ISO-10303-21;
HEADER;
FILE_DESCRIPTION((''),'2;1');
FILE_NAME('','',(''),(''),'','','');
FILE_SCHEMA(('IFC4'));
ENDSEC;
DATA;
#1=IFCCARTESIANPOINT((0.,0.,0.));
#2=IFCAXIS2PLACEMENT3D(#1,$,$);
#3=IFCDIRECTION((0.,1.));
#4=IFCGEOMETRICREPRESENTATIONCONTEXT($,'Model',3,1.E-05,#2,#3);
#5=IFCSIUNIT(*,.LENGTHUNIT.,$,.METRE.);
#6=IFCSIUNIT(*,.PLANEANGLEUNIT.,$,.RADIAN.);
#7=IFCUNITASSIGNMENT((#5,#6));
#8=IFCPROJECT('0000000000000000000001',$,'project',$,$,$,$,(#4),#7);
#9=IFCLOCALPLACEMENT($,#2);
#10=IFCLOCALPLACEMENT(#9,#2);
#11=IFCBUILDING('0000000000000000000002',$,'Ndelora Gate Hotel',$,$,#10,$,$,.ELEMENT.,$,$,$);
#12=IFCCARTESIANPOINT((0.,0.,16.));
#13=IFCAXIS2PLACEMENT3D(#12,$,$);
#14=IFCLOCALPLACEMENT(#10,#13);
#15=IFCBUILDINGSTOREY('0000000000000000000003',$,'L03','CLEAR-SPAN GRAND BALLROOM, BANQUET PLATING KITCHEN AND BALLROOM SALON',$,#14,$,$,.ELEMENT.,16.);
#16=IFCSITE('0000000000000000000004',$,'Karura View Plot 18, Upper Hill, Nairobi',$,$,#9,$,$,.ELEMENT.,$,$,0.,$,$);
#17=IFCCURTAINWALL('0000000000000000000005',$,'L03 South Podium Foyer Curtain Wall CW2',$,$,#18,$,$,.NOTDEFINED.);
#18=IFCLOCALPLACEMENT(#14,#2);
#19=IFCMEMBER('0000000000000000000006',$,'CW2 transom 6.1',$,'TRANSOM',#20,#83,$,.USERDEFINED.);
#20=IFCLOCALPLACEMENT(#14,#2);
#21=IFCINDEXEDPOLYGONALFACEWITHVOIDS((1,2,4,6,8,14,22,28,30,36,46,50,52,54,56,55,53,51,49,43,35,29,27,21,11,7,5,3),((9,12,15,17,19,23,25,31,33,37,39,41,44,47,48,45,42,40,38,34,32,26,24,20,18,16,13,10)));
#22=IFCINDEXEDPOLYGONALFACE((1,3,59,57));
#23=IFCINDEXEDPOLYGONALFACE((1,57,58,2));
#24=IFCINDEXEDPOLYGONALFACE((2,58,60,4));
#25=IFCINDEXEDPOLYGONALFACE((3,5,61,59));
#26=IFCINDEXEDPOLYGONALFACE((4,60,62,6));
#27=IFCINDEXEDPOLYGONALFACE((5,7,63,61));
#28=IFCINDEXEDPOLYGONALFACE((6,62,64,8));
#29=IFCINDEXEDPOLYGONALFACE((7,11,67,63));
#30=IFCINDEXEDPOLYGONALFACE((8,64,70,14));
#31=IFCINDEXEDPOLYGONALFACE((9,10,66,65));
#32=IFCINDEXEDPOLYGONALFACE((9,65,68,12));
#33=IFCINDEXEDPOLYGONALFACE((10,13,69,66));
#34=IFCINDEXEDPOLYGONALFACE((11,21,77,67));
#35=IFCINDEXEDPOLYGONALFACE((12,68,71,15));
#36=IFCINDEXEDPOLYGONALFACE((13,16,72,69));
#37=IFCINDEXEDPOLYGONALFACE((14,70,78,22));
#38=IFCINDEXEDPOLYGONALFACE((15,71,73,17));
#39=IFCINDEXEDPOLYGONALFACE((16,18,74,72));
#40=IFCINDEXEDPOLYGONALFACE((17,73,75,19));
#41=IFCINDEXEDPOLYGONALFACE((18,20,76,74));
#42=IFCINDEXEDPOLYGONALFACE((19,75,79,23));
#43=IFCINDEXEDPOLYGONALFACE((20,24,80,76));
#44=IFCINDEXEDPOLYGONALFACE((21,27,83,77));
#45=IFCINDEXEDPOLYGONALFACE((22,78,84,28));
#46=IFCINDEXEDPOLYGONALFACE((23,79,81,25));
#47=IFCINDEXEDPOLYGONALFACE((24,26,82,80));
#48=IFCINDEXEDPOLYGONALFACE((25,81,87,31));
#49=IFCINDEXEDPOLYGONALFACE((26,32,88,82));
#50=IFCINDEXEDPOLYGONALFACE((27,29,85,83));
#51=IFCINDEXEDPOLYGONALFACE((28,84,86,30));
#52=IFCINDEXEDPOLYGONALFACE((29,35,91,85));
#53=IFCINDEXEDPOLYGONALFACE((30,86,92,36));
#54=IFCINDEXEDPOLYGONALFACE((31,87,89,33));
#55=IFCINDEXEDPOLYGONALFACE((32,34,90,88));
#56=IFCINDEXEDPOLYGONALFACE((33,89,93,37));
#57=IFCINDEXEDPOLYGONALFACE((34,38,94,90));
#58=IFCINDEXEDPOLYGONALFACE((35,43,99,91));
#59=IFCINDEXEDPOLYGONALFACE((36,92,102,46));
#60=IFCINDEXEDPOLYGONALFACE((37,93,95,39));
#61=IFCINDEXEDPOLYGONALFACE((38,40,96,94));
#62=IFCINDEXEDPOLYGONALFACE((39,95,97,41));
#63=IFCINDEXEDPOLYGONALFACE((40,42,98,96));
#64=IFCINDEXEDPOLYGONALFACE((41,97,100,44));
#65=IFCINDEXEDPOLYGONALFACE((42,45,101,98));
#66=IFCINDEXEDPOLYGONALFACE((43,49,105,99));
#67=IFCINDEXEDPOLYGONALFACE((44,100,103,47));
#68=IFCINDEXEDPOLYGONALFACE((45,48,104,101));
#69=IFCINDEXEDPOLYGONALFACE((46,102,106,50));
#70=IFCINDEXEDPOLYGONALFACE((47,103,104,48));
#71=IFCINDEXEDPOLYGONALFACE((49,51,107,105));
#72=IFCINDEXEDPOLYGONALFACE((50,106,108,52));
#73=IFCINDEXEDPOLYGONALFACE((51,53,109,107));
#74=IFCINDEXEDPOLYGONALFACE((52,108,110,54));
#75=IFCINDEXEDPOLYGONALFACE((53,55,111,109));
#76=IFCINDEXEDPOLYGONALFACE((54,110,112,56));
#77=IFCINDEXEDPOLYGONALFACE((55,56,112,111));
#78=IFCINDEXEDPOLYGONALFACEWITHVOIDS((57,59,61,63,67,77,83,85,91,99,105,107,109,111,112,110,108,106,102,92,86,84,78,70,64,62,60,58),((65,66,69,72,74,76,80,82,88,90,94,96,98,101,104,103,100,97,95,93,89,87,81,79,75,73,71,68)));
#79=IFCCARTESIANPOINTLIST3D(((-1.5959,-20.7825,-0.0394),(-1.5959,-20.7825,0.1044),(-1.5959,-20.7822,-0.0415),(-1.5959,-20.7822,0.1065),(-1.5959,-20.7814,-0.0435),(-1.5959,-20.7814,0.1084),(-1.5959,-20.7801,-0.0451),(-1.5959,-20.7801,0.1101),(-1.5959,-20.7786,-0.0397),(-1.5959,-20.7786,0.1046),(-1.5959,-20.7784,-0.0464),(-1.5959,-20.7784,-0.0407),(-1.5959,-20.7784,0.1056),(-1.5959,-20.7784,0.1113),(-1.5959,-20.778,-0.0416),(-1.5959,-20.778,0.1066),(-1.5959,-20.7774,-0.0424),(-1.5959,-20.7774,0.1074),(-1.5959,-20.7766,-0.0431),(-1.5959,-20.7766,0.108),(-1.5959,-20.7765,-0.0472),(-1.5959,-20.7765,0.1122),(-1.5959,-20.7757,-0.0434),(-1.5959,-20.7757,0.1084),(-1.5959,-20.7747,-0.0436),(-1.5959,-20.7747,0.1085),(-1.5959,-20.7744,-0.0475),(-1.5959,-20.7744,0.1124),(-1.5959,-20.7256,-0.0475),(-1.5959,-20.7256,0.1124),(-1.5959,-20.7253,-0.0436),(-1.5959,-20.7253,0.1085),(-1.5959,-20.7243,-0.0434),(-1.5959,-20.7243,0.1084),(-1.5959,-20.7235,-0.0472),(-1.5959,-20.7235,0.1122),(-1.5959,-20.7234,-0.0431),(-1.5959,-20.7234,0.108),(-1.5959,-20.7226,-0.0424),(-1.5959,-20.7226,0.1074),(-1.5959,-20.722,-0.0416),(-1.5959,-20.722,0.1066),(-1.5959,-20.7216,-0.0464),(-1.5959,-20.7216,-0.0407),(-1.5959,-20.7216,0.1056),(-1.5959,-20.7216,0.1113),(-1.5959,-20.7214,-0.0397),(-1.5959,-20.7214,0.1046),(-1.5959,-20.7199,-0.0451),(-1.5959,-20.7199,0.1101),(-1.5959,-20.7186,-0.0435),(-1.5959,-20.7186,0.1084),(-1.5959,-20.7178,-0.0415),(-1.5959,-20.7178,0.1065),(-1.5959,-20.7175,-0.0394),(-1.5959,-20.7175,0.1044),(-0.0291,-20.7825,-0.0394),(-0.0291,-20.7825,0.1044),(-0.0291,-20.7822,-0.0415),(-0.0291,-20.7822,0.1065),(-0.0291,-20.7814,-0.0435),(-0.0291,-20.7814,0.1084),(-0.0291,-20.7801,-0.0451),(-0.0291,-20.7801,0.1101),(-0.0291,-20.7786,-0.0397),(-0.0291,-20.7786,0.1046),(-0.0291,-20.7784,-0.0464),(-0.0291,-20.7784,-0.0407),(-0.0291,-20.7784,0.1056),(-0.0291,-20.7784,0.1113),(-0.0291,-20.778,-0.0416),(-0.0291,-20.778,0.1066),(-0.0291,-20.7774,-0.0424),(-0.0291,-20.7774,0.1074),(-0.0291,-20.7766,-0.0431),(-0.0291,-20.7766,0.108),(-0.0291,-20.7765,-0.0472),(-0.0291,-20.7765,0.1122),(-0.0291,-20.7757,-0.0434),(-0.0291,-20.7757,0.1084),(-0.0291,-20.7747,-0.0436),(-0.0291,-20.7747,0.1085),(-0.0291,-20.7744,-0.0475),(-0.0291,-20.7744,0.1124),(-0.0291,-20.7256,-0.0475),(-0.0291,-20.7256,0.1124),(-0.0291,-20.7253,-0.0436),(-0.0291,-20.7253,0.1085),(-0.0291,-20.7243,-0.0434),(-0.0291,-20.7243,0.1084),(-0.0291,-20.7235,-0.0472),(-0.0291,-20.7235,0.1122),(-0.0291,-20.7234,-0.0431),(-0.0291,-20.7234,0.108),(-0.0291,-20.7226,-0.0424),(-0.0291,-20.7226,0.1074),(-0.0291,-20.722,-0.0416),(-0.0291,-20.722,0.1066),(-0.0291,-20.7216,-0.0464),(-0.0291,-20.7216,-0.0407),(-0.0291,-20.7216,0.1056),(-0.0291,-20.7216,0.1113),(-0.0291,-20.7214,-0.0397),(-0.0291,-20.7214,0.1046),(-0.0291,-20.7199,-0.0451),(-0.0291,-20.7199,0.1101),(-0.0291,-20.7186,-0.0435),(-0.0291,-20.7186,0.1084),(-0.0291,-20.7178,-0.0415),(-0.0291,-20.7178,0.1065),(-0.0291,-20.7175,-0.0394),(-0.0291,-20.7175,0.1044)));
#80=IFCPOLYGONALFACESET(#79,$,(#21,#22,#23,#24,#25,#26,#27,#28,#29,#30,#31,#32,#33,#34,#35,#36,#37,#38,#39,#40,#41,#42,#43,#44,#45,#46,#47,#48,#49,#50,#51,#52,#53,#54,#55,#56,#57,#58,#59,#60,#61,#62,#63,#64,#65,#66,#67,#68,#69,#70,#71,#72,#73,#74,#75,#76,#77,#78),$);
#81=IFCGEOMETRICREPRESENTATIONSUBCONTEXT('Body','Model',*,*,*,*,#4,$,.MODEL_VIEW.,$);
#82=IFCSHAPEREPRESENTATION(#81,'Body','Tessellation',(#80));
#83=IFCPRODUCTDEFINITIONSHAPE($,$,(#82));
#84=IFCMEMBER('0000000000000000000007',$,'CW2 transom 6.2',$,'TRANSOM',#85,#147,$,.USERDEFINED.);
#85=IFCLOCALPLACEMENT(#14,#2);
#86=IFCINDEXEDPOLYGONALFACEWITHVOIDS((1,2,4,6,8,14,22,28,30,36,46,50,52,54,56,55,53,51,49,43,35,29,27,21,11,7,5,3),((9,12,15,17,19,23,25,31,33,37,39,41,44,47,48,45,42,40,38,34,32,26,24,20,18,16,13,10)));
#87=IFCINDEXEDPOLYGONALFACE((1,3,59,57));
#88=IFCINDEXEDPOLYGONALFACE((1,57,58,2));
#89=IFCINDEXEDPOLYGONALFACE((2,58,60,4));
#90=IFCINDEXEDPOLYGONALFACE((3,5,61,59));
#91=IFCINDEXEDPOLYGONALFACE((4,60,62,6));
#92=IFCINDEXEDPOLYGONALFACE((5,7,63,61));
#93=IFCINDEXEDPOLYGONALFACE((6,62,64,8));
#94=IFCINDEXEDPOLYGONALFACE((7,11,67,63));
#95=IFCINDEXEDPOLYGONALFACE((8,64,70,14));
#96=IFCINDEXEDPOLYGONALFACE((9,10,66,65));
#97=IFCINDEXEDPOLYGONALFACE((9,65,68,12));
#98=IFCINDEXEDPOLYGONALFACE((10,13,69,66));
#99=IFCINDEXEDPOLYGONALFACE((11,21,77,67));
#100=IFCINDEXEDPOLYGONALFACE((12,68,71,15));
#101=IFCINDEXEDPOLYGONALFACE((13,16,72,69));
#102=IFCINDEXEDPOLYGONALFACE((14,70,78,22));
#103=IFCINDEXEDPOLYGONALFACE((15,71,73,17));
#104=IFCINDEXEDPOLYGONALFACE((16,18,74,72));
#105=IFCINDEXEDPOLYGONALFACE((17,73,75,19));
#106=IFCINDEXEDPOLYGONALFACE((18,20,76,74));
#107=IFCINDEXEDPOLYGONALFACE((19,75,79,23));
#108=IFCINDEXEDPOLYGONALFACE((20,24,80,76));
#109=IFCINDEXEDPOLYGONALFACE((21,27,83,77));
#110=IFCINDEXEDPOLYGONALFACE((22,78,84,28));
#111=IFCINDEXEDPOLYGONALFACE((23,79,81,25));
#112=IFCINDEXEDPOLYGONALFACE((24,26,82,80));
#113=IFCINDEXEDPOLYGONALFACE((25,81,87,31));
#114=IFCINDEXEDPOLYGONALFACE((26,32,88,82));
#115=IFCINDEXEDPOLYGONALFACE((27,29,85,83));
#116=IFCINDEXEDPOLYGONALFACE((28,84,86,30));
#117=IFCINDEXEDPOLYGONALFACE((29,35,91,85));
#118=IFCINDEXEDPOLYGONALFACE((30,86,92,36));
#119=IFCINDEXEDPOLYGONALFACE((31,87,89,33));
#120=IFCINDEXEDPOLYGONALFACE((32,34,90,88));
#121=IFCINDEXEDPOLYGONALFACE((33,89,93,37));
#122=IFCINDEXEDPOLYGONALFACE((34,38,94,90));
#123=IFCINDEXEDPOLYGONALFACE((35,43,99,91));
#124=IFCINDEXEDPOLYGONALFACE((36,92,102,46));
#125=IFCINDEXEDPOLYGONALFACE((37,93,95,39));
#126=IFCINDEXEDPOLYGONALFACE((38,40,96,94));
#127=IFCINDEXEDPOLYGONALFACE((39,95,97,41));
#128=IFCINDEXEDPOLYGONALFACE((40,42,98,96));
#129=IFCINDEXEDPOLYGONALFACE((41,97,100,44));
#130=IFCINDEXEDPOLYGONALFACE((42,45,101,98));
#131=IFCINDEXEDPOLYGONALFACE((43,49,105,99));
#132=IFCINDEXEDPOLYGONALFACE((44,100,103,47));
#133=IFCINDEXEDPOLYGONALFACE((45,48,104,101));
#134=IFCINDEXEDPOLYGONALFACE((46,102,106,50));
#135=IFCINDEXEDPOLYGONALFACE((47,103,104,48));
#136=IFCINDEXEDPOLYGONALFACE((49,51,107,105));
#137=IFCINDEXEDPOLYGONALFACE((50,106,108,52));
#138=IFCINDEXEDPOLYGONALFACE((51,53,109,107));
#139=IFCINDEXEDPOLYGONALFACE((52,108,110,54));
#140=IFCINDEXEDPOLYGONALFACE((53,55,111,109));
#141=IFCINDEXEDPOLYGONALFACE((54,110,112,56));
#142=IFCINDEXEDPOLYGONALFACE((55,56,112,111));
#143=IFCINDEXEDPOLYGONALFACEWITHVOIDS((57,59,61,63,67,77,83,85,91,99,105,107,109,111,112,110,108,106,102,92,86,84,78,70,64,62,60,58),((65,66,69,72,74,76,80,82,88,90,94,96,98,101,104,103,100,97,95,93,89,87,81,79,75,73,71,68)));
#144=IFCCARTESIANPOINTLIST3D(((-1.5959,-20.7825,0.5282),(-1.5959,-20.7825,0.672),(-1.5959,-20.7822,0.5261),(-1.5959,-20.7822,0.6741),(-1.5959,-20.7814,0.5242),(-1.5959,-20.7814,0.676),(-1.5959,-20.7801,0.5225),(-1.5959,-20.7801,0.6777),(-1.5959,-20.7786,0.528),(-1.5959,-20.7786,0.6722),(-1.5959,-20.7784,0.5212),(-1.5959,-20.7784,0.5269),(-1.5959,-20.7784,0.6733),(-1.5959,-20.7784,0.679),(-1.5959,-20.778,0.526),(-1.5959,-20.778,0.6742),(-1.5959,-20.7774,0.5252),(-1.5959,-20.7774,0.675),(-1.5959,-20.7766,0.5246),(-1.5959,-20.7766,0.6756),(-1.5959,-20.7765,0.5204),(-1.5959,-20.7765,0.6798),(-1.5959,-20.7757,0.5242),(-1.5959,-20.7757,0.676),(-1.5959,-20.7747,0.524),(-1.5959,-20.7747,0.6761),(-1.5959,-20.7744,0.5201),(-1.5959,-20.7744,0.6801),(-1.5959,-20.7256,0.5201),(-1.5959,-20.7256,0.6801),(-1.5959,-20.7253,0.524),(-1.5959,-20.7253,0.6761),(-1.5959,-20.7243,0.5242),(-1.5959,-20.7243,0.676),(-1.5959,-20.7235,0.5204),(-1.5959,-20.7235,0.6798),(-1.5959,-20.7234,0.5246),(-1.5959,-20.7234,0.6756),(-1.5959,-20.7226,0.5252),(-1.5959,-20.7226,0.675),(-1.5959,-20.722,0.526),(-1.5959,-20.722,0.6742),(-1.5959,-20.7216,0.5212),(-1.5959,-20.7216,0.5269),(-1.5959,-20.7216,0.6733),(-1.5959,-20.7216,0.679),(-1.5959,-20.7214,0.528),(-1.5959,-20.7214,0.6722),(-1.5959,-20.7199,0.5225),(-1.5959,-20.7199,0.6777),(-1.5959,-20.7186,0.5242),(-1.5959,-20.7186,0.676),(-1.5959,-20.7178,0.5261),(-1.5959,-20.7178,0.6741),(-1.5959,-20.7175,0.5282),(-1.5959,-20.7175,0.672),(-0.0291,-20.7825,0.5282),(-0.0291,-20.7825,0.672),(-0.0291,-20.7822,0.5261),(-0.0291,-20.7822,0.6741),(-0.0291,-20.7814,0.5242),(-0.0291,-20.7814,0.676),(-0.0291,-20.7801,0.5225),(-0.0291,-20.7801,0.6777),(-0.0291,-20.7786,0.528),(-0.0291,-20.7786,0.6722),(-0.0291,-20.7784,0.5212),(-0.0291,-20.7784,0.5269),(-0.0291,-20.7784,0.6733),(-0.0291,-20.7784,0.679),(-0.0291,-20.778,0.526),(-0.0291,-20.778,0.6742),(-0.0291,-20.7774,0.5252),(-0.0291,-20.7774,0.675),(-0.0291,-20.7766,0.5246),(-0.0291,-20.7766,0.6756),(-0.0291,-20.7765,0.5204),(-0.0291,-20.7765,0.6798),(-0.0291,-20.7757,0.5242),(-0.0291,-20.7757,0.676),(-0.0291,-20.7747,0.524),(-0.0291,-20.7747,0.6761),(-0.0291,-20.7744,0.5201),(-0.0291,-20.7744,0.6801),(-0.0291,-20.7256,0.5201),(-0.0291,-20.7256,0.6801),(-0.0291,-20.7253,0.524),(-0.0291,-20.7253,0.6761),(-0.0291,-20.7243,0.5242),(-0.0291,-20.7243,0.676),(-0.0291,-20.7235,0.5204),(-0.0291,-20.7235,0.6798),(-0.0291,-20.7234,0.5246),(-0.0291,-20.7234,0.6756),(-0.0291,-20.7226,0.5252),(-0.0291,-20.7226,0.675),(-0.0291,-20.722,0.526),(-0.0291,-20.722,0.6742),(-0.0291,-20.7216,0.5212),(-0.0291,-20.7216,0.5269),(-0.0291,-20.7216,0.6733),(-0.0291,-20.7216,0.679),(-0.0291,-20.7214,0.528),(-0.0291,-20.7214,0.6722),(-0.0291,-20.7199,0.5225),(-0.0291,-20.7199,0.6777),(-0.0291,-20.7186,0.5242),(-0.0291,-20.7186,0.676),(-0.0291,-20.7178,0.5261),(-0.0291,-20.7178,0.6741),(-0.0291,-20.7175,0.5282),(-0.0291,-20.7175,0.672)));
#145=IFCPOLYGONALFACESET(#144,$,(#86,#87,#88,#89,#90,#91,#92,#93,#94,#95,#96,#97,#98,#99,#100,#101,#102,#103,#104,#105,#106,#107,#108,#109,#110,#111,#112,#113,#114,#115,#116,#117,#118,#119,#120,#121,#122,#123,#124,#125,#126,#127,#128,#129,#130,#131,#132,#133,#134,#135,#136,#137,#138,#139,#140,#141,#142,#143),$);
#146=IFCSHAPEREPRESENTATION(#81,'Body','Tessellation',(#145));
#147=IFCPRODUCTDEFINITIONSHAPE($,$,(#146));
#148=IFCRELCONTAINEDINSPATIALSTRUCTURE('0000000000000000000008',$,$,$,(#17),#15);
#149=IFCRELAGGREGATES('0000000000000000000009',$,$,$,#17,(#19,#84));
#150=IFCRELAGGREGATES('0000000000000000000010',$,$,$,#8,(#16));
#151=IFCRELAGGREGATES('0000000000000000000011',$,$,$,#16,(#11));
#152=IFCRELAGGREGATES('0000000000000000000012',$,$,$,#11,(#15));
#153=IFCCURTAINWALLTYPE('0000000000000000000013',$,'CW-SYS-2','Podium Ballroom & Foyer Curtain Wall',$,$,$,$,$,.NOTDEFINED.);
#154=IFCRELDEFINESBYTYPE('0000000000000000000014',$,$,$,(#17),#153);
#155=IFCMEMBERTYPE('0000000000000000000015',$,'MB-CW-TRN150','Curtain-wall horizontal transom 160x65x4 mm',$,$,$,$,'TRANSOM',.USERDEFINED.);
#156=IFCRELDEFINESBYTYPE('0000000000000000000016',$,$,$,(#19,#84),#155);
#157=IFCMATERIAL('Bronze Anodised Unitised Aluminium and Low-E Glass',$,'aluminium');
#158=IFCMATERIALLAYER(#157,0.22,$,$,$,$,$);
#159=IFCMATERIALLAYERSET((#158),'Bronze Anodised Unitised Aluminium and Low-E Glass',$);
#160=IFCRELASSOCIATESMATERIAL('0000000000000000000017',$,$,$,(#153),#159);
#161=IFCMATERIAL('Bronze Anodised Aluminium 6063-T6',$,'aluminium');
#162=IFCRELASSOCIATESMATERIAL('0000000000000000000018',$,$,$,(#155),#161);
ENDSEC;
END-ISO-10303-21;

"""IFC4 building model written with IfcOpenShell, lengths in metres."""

from ifc_helpers import new_model, si_unit, direction, frame, origin, origin_2d, place, context, subcontext, project, spatial, hollow_rectangle, extrude, material, layer, layer_set, material_profile, profile_set, type_object, element, aggregate, save


model = new_model("IFC4")

# Units and contexts
model_context = context("Model", 3, precision=1e-05, world=origin(), true_north=direction((0.0, 1.0)))
body_context = subcontext(model_context, "Body", "Model", "MODEL_VIEW")
ifc_project = project(units=[si_unit("LENGTHUNIT", "METRE"), si_unit("PLANEANGLEUNIT", "RADIAN")], contexts=[model_context])

# Site, building, storey
site_placement = place(None, origin())
site = spatial("IfcSite", under=ifc_project, at=site_placement, Name="Karura View Plot 18, Upper Hill, Nairobi", CompositionType="ELEMENT", RefElevation=0.0)
building_placement = place(site_placement, origin())
building = spatial("IfcBuilding", under=site, at=building_placement, Name="Ndelora Gate Hotel", CompositionType="ELEMENT")
storey_placement = place(building_placement, frame((0.0, 0.0, 16.0)))
storey = spatial("IfcBuildingStorey", under=building, at=storey_placement, Name="L03", Description="CLEAR-SPAN GRAND BALLROOM, BANQUET PLATING KITCHEN AND BALLROOM SALON", CompositionType="ELEMENT", Elevation=16.0)

# Curtain wall, members
ifc_material_1 = material(Name="Bronze Anodised Unitised Aluminium and Low-E Glass", Category="aluminium")
ifc_layer_1 = layer(ifc_material_1, 0.22)
ifc_layer_set_1 = layer_set([ifc_layer_1], Name="Bronze Anodised Unitised Aluminium and Low-E Glass")
curtain_wall_type = type_object("IfcCurtainWallType", Name="CW-SYS-2", Description="Podium Ballroom & Foyer Curtain Wall", PredefinedType="NOTDEFINED", material=ifc_layer_set_1)
curtain_wall_placement = place(storey_placement, origin())
curtain_wall = element("IfcCurtainWall", 1, at=curtain_wall_placement, inside=storey, type_object=curtain_wall_type, Name="L03 South Podium Foyer Curtain Wall CW2", PredefinedType="NOTDEFINED")
ifc_material_2 = material(Name="Bronze Anodised Aluminium 6063-T6", Category="aluminium")
ifc_material_profile_1 = material_profile(ifc_material_2, hollow_rectangle(XDim=0.0649, YDim=0.1599, WallThickness=0.0039, InnerFilletRadius=0.0039, OuterFilletRadius=0.0081, at=origin_2d()), Name="ALU 160x65x4")
ifc_profile_set_1 = profile_set([ifc_material_profile_1], Name="Bronze Anodised Aluminium 6063-T6")
member_type_1 = type_object("IfcMemberType", Name="MB-CW-TRN150", Description="Curtain-wall horizontal transom 160x65x4 mm", ElementType="TRANSOM", PredefinedType="USERDEFINED", material=ifc_profile_set_1)
member_1_placement = place(storey_placement, frame((-1.5959, -20.75, 0.0325), z_axis=(1.0, 0.0, 0.0), x_axis=(0.0, 1.0, 0.0)))
member_1 = element("IfcMember", 2, at=member_1_placement, type_object=member_type_1, Name="CW2 transom 6.1", ObjectType="TRANSOM", PredefinedType="USERDEFINED", context=body_context, shape_type="SweptSolid", body=[
    extrude(hollow_rectangle(XDim=0.0649, YDim=0.1599, WallThickness=0.0039, InnerFilletRadius=0.0039, OuterFilletRadius=0.0081, at=origin_2d()), origin(), (0.0, 0.0, 1.0), 1.5669),
])
member_2_placement = place(storey_placement, frame((-1.5959, -20.75, 0.6001), z_axis=(1.0, 0.0, 0.0), x_axis=(0.0, 1.0, 0.0)))
member_2 = element("IfcMember", 3, at=member_2_placement, type_object=member_type_1, Name="CW2 transom 6.2", ObjectType="TRANSOM", PredefinedType="USERDEFINED", context=body_context, shape_type="SweptSolid", body=[
    extrude(hollow_rectangle(XDim=0.0649, YDim=0.1599, WallThickness=0.0039, InnerFilletRadius=0.0039, OuterFilletRadius=0.0081, at=origin_2d()), origin(), (0.0, 0.0, 1.0), 1.5669),
])
aggregate(curtain_wall, [member_1, member_2])

save(model, "model.ifc")
